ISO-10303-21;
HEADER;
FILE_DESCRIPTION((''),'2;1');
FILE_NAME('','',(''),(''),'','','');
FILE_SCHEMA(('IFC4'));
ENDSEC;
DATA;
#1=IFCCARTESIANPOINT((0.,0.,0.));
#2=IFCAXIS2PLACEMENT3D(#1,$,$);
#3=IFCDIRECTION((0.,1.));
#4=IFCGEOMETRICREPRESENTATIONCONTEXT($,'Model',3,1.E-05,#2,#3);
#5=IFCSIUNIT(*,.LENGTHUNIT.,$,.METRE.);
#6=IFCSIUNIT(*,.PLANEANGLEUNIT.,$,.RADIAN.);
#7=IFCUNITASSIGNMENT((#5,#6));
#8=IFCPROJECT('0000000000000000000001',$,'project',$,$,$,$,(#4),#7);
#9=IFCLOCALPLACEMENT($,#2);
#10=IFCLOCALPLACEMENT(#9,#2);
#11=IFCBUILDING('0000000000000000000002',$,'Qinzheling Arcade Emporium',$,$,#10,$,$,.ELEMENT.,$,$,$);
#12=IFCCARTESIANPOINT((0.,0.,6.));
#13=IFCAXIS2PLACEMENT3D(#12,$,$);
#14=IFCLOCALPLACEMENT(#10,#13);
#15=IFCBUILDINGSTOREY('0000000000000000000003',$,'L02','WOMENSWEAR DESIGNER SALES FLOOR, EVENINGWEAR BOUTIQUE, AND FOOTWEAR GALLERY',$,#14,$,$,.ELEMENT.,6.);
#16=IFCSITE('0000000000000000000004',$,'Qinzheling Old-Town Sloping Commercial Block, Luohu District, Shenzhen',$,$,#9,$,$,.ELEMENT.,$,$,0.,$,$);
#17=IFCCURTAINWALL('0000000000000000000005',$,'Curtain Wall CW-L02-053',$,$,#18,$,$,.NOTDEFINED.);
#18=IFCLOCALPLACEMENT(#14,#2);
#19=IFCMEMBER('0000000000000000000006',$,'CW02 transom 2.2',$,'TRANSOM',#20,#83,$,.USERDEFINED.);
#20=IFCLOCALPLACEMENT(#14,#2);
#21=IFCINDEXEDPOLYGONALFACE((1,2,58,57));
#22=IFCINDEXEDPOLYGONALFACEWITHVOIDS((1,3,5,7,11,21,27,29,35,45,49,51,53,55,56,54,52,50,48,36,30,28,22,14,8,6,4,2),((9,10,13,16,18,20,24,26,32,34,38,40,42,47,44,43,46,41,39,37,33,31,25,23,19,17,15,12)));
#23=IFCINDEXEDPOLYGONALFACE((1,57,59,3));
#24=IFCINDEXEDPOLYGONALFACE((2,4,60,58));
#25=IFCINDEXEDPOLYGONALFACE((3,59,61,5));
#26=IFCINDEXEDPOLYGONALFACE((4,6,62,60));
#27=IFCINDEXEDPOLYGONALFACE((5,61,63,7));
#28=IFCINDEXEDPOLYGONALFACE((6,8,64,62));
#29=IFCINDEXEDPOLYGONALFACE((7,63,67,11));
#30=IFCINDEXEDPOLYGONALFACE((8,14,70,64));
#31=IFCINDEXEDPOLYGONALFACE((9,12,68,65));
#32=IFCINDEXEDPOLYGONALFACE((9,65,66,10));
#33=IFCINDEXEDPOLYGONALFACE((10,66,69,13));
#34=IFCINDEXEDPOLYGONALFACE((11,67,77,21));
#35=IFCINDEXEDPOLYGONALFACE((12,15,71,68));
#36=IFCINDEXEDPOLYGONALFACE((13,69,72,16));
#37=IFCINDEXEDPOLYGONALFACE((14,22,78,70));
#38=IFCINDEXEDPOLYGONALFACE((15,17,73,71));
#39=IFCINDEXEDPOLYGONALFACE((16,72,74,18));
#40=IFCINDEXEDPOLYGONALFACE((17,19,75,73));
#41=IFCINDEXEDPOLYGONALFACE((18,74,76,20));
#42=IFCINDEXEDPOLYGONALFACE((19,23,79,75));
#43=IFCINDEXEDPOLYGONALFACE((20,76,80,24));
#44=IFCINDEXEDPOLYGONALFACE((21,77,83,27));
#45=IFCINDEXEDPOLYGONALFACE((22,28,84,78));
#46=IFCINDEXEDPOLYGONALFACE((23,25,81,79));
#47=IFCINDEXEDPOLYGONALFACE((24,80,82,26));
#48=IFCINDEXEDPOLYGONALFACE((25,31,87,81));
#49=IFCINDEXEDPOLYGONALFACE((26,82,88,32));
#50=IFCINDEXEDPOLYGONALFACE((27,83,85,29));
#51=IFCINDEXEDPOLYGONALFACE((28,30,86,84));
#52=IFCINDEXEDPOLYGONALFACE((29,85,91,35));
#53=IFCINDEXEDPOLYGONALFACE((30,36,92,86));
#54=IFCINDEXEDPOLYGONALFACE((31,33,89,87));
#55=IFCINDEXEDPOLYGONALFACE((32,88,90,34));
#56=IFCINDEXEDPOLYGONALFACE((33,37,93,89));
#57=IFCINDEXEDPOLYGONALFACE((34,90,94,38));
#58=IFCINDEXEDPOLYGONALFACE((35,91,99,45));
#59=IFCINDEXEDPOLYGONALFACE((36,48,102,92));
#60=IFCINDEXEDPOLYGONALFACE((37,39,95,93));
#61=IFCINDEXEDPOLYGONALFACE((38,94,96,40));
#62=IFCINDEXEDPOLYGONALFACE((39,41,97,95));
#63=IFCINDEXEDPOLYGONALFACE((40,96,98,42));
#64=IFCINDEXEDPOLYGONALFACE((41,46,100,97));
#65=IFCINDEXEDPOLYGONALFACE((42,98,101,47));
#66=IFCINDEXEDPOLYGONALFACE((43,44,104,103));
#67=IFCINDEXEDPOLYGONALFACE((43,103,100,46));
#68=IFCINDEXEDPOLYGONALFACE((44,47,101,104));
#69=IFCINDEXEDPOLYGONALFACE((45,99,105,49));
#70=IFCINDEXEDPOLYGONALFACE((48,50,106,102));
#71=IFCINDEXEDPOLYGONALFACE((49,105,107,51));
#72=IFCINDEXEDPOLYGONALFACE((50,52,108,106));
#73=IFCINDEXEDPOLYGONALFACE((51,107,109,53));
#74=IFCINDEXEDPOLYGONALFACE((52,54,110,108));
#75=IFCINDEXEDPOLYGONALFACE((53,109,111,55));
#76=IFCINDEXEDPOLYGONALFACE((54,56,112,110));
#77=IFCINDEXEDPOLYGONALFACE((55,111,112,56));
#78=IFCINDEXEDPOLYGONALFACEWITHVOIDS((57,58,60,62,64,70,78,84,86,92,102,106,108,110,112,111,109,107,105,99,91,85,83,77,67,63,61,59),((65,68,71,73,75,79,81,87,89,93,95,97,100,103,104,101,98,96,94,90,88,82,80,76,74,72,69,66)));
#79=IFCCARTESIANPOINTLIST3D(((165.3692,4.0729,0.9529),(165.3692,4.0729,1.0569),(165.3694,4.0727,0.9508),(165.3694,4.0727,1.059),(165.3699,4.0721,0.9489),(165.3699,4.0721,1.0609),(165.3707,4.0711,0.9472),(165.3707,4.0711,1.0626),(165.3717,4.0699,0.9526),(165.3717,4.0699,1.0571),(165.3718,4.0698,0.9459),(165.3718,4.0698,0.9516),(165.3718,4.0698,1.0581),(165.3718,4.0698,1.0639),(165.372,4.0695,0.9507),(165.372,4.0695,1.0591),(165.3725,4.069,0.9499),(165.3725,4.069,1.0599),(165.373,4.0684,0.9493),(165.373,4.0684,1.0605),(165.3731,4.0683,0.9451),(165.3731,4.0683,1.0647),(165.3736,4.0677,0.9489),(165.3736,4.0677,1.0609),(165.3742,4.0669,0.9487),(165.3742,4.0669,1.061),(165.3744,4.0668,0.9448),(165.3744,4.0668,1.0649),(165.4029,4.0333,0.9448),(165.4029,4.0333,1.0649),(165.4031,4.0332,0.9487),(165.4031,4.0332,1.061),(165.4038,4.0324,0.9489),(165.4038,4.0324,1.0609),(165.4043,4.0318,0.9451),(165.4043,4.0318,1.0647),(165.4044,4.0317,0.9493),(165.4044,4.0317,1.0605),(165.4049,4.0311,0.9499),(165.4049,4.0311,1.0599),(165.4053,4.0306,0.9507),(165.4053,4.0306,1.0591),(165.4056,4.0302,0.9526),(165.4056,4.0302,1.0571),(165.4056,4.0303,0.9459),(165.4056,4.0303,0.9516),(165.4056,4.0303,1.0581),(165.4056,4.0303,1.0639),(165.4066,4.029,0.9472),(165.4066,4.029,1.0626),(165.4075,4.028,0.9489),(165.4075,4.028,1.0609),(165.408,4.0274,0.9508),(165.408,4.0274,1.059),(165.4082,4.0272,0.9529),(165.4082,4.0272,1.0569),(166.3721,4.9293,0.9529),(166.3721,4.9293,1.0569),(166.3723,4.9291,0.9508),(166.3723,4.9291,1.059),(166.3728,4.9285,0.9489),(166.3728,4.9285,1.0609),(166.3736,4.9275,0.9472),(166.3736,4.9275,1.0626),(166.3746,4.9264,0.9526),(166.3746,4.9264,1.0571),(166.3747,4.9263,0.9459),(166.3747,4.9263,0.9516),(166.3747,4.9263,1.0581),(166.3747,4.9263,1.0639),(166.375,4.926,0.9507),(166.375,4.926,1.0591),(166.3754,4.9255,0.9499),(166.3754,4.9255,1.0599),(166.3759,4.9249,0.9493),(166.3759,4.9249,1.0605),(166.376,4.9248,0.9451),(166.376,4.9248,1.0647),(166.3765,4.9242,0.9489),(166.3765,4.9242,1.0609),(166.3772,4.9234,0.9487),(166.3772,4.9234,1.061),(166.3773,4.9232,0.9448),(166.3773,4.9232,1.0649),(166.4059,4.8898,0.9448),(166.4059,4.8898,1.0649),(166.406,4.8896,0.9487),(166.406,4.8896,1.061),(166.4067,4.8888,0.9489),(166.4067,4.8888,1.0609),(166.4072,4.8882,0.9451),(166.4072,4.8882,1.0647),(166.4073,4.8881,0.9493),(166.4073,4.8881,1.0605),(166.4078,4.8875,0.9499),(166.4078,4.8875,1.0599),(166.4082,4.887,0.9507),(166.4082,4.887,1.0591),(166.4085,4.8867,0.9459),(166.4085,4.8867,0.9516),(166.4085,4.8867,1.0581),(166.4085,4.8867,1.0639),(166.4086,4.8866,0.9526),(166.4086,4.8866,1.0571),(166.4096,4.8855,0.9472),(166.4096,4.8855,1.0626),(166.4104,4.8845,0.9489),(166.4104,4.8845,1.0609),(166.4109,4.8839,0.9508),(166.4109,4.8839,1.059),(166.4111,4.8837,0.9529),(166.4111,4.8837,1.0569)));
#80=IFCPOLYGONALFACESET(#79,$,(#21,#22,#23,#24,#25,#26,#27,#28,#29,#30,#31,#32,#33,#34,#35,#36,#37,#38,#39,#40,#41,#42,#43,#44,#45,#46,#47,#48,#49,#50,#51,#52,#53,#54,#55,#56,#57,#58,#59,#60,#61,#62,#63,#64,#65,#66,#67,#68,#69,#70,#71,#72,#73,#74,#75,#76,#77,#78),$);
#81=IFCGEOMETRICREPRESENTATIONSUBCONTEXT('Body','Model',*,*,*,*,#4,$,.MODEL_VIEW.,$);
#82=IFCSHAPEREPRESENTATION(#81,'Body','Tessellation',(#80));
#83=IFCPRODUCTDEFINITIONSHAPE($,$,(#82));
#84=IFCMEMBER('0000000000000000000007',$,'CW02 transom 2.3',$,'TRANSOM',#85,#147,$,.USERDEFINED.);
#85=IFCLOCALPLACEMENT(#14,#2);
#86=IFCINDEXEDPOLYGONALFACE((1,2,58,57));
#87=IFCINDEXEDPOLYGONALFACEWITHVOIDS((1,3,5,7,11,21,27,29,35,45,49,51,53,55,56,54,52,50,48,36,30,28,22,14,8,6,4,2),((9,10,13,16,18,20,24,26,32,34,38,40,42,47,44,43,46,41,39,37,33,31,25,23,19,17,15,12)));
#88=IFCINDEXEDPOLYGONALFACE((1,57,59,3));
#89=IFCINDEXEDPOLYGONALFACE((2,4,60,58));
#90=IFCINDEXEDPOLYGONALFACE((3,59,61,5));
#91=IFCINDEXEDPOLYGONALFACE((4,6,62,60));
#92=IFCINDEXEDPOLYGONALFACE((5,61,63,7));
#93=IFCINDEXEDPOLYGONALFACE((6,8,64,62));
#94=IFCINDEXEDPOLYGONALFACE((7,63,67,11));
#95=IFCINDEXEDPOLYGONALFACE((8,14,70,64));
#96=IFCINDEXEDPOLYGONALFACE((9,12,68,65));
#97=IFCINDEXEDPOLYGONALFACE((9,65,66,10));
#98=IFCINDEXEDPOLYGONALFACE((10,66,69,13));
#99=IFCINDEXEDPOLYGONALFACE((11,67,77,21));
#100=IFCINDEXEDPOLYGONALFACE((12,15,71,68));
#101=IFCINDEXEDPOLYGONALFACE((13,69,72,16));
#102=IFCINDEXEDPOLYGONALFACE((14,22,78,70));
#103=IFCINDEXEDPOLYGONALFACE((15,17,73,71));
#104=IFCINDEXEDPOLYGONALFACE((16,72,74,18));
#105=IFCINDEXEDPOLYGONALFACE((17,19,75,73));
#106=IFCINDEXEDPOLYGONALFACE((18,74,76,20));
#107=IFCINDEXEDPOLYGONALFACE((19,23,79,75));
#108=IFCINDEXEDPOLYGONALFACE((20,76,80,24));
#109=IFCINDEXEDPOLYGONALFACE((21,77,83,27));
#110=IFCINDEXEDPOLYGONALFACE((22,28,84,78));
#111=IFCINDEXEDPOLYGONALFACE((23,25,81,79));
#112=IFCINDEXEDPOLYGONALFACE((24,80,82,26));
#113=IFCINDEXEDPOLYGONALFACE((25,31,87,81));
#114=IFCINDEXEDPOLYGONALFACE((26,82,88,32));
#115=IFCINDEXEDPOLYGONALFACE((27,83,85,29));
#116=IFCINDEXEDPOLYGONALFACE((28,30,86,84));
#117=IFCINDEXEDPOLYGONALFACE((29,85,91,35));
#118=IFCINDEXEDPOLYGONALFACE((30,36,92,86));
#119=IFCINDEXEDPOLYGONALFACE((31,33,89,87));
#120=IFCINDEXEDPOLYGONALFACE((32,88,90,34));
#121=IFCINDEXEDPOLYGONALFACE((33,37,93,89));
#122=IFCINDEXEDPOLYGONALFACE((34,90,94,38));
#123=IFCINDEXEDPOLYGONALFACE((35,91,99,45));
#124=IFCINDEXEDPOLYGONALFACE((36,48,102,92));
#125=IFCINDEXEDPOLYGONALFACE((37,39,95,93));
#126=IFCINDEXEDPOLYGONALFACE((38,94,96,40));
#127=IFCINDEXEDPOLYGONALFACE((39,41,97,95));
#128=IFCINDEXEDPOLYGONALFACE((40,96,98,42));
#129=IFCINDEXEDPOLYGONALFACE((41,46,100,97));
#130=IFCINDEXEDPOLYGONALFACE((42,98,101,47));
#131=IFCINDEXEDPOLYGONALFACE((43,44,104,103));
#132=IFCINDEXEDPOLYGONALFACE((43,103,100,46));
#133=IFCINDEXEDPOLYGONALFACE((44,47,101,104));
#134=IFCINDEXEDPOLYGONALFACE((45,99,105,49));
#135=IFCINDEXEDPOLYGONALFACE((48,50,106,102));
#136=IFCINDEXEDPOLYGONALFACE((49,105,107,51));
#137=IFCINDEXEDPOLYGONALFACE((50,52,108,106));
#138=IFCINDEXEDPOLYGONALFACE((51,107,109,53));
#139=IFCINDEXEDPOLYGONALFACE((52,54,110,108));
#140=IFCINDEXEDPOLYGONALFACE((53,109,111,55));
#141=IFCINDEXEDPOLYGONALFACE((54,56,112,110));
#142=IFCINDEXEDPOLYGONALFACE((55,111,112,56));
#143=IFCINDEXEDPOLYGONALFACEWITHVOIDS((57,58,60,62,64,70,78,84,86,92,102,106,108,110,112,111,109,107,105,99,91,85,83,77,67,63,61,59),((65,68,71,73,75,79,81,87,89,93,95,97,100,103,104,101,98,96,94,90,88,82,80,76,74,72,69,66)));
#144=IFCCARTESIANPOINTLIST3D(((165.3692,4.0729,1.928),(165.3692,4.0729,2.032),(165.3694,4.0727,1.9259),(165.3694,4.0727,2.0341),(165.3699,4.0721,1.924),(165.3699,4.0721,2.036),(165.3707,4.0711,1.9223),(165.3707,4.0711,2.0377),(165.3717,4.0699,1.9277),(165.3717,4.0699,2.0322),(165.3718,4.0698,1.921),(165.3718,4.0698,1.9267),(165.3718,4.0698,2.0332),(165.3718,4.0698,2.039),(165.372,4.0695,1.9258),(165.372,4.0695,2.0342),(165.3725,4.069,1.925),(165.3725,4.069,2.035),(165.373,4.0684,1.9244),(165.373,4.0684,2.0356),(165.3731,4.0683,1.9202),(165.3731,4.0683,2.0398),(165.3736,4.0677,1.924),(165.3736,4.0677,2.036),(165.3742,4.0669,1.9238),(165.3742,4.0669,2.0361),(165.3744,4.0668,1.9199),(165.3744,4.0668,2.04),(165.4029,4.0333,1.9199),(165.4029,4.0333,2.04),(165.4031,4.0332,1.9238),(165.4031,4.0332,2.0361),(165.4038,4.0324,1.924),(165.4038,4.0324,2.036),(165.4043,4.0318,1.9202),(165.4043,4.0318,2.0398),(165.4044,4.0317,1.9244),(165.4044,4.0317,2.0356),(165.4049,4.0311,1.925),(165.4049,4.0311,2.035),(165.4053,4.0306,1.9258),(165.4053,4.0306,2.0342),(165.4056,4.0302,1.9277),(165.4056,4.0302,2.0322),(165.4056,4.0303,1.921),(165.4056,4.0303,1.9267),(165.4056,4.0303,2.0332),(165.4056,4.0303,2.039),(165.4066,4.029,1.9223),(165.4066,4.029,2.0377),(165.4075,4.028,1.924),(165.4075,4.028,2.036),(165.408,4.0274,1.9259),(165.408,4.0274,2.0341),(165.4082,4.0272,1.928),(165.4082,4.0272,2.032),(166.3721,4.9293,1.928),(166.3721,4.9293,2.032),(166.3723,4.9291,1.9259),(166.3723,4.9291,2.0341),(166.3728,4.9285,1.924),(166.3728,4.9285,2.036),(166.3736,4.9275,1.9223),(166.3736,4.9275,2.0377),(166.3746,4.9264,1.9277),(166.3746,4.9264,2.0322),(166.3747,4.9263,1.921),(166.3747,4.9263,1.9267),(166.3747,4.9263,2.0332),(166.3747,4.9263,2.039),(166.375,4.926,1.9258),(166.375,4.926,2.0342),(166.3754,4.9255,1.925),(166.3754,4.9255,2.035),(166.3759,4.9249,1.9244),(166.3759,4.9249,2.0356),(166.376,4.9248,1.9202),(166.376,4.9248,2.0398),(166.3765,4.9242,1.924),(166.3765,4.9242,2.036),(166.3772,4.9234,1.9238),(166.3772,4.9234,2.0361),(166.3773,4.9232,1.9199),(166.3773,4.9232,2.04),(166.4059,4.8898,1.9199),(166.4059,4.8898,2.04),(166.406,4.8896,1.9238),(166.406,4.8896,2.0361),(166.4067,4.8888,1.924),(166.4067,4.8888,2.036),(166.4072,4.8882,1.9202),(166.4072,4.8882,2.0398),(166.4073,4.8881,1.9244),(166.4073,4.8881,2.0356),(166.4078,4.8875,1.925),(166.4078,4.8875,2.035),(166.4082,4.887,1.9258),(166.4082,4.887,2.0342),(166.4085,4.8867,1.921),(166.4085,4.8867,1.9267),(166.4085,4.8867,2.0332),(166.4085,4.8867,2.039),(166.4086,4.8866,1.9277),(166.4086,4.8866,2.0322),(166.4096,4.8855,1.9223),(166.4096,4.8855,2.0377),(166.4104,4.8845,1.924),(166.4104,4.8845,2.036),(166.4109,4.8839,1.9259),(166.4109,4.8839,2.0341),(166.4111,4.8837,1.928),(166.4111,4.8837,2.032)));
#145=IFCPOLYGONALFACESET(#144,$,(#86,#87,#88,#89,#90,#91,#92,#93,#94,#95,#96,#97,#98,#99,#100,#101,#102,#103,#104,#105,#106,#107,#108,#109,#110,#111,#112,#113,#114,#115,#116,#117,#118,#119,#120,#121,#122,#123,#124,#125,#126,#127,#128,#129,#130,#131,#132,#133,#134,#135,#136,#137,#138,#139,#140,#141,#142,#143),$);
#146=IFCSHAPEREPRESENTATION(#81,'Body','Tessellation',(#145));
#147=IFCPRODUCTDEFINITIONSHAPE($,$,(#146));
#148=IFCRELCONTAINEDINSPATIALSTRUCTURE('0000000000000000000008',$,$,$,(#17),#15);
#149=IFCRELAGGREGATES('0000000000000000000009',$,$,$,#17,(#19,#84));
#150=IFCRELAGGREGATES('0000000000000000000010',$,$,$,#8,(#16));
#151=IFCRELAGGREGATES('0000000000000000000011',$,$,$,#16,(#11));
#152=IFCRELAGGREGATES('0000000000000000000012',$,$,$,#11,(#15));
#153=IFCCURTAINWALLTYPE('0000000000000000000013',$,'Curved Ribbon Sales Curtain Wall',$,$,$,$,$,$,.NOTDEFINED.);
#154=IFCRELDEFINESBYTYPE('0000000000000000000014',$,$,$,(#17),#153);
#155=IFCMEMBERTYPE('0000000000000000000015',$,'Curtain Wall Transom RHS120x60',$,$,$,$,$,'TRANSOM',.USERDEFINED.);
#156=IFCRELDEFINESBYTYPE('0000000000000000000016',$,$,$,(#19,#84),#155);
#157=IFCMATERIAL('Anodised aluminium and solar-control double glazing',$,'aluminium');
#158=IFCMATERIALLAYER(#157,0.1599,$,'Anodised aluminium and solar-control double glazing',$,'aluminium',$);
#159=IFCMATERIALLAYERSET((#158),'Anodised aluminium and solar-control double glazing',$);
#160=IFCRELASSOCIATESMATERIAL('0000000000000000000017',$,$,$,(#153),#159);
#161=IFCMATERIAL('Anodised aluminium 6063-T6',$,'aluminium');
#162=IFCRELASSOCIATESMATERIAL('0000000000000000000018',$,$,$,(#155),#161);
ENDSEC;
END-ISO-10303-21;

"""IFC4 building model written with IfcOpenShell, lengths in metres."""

from ifc_helpers import new_model, si_unit, direction, frame, origin, origin_2d, place, context, subcontext, project, spatial, hollow_rectangle, extrude, material, layer, layer_set, material_profile, profile_set, type_object, element, aggregate, save


model = new_model("IFC4")

# Units and contexts
model_context = context("Model", 3, precision=1e-05, world=origin(), true_north=direction((0.0, 1.0)))
body_context = subcontext(model_context, "Body", "Model", "MODEL_VIEW")
ifc_project = project(units=[si_unit("LENGTHUNIT", "METRE"), si_unit("PLANEANGLEUNIT", "RADIAN")], contexts=[model_context])

# Site, building, storey
site_placement = place(None, origin())
site = spatial("IfcSite", under=ifc_project, at=site_placement, Name="Qinzheling Old-Town Sloping Commercial Block, Luohu District, Shenzhen", CompositionType="ELEMENT", RefElevation=0.0)
building_placement = place(site_placement, origin())
building = spatial("IfcBuilding", under=site, at=building_placement, Name="Qinzheling Arcade Emporium", CompositionType="ELEMENT")
storey_placement = place(building_placement, frame((0.0, 0.0, 6.0)))
storey = spatial("IfcBuildingStorey", under=building, at=storey_placement, Name="L02", Description="WOMENSWEAR DESIGNER SALES FLOOR, EVENINGWEAR BOUTIQUE, AND FOOTWEAR GALLERY", CompositionType="ELEMENT", Elevation=6.0)

# Curtain wall
ifc_material_1 = material(Name="Anodised aluminium and solar-control double glazing", Category="aluminium")
ifc_layer_1 = layer(ifc_material_1, 0.1599, Name="Anodised aluminium and solar-control double glazing", Category="aluminium")
ifc_layer_set_1 = layer_set([ifc_layer_1], Name="Anodised aluminium and solar-control double glazing")
curtain_wall_type = type_object("IfcCurtainWallType", Name="Curved Ribbon Sales Curtain Wall", PredefinedType="NOTDEFINED", material=ifc_layer_set_1)
curtain_wall_1_placement = place(storey_placement, origin())
curtain_wall_1 = element("IfcCurtainWall", 1, at=curtain_wall_1_placement, inside=storey, type_object=curtain_wall_type, Name="Curtain Wall CW-L02-053", PredefinedType="NOTDEFINED")
ifc_material_2 = material(Name="Anodised aluminium 6063-T6", Category="aluminium")

# Members
ifc_material_profile_1 = material_profile(ifc_material_2, hollow_rectangle(XDim=0.0601, YDim=0.1201, WallThickness=0.0039, InnerFilletRadius=0.0039, OuterFilletRadius=0.0081, at=origin_2d()), Name="RHS 120x60x4", Category="aluminium")
ifc_profile_set_1 = profile_set([ifc_material_profile_1], Name="Anodised aluminium 6063-T6")
member_type_1 = type_object("IfcMemberType", Name="Curtain Wall Transom RHS120x60", ElementType="TRANSOM", PredefinedType="USERDEFINED", material=ifc_profile_set_1)
member_1_placement = place(storey_placement, frame((166.3916, 4.9065, 1.0049), z_axis=(-0.760457, -0.649388, 0.0), x_axis=(0.649388, -0.760457, 0.0)))
member_1 = element("IfcMember", 2, at=member_1_placement, type_object=member_type_1, Name="CW02 transom 2.2", ObjectType="TRANSOM", PredefinedType="USERDEFINED", context=body_context, shape_type="SweptSolid", body=[
    extrude(hollow_rectangle(XDim=0.0601, YDim=0.1201, WallThickness=0.0039, InnerFilletRadius=0.0039, OuterFilletRadius=0.0081, at=origin_2d()), origin(), (0.0, 0.0, 1.0), 1.3188),
])
member_2_placement = place(storey_placement, frame((166.3916, 4.9065, 1.98), z_axis=(-0.760457, -0.649388, 0.0), x_axis=(0.649388, -0.760457, 0.0)))
member_2 = element("IfcMember", 3, at=member_2_placement, type_object=member_type_1, Name="CW02 transom 2.3", ObjectType="TRANSOM", PredefinedType="USERDEFINED", context=body_context, shape_type="SweptSolid", body=[
    extrude(hollow_rectangle(XDim=0.0601, YDim=0.1201, WallThickness=0.0039, InnerFilletRadius=0.0039, OuterFilletRadius=0.0081, at=origin_2d()), origin(), (0.0, 0.0, 1.0), 1.3188),
])

aggregate(curtain_wall_1, [member_1, member_2])

save(model, "model.ifc")
